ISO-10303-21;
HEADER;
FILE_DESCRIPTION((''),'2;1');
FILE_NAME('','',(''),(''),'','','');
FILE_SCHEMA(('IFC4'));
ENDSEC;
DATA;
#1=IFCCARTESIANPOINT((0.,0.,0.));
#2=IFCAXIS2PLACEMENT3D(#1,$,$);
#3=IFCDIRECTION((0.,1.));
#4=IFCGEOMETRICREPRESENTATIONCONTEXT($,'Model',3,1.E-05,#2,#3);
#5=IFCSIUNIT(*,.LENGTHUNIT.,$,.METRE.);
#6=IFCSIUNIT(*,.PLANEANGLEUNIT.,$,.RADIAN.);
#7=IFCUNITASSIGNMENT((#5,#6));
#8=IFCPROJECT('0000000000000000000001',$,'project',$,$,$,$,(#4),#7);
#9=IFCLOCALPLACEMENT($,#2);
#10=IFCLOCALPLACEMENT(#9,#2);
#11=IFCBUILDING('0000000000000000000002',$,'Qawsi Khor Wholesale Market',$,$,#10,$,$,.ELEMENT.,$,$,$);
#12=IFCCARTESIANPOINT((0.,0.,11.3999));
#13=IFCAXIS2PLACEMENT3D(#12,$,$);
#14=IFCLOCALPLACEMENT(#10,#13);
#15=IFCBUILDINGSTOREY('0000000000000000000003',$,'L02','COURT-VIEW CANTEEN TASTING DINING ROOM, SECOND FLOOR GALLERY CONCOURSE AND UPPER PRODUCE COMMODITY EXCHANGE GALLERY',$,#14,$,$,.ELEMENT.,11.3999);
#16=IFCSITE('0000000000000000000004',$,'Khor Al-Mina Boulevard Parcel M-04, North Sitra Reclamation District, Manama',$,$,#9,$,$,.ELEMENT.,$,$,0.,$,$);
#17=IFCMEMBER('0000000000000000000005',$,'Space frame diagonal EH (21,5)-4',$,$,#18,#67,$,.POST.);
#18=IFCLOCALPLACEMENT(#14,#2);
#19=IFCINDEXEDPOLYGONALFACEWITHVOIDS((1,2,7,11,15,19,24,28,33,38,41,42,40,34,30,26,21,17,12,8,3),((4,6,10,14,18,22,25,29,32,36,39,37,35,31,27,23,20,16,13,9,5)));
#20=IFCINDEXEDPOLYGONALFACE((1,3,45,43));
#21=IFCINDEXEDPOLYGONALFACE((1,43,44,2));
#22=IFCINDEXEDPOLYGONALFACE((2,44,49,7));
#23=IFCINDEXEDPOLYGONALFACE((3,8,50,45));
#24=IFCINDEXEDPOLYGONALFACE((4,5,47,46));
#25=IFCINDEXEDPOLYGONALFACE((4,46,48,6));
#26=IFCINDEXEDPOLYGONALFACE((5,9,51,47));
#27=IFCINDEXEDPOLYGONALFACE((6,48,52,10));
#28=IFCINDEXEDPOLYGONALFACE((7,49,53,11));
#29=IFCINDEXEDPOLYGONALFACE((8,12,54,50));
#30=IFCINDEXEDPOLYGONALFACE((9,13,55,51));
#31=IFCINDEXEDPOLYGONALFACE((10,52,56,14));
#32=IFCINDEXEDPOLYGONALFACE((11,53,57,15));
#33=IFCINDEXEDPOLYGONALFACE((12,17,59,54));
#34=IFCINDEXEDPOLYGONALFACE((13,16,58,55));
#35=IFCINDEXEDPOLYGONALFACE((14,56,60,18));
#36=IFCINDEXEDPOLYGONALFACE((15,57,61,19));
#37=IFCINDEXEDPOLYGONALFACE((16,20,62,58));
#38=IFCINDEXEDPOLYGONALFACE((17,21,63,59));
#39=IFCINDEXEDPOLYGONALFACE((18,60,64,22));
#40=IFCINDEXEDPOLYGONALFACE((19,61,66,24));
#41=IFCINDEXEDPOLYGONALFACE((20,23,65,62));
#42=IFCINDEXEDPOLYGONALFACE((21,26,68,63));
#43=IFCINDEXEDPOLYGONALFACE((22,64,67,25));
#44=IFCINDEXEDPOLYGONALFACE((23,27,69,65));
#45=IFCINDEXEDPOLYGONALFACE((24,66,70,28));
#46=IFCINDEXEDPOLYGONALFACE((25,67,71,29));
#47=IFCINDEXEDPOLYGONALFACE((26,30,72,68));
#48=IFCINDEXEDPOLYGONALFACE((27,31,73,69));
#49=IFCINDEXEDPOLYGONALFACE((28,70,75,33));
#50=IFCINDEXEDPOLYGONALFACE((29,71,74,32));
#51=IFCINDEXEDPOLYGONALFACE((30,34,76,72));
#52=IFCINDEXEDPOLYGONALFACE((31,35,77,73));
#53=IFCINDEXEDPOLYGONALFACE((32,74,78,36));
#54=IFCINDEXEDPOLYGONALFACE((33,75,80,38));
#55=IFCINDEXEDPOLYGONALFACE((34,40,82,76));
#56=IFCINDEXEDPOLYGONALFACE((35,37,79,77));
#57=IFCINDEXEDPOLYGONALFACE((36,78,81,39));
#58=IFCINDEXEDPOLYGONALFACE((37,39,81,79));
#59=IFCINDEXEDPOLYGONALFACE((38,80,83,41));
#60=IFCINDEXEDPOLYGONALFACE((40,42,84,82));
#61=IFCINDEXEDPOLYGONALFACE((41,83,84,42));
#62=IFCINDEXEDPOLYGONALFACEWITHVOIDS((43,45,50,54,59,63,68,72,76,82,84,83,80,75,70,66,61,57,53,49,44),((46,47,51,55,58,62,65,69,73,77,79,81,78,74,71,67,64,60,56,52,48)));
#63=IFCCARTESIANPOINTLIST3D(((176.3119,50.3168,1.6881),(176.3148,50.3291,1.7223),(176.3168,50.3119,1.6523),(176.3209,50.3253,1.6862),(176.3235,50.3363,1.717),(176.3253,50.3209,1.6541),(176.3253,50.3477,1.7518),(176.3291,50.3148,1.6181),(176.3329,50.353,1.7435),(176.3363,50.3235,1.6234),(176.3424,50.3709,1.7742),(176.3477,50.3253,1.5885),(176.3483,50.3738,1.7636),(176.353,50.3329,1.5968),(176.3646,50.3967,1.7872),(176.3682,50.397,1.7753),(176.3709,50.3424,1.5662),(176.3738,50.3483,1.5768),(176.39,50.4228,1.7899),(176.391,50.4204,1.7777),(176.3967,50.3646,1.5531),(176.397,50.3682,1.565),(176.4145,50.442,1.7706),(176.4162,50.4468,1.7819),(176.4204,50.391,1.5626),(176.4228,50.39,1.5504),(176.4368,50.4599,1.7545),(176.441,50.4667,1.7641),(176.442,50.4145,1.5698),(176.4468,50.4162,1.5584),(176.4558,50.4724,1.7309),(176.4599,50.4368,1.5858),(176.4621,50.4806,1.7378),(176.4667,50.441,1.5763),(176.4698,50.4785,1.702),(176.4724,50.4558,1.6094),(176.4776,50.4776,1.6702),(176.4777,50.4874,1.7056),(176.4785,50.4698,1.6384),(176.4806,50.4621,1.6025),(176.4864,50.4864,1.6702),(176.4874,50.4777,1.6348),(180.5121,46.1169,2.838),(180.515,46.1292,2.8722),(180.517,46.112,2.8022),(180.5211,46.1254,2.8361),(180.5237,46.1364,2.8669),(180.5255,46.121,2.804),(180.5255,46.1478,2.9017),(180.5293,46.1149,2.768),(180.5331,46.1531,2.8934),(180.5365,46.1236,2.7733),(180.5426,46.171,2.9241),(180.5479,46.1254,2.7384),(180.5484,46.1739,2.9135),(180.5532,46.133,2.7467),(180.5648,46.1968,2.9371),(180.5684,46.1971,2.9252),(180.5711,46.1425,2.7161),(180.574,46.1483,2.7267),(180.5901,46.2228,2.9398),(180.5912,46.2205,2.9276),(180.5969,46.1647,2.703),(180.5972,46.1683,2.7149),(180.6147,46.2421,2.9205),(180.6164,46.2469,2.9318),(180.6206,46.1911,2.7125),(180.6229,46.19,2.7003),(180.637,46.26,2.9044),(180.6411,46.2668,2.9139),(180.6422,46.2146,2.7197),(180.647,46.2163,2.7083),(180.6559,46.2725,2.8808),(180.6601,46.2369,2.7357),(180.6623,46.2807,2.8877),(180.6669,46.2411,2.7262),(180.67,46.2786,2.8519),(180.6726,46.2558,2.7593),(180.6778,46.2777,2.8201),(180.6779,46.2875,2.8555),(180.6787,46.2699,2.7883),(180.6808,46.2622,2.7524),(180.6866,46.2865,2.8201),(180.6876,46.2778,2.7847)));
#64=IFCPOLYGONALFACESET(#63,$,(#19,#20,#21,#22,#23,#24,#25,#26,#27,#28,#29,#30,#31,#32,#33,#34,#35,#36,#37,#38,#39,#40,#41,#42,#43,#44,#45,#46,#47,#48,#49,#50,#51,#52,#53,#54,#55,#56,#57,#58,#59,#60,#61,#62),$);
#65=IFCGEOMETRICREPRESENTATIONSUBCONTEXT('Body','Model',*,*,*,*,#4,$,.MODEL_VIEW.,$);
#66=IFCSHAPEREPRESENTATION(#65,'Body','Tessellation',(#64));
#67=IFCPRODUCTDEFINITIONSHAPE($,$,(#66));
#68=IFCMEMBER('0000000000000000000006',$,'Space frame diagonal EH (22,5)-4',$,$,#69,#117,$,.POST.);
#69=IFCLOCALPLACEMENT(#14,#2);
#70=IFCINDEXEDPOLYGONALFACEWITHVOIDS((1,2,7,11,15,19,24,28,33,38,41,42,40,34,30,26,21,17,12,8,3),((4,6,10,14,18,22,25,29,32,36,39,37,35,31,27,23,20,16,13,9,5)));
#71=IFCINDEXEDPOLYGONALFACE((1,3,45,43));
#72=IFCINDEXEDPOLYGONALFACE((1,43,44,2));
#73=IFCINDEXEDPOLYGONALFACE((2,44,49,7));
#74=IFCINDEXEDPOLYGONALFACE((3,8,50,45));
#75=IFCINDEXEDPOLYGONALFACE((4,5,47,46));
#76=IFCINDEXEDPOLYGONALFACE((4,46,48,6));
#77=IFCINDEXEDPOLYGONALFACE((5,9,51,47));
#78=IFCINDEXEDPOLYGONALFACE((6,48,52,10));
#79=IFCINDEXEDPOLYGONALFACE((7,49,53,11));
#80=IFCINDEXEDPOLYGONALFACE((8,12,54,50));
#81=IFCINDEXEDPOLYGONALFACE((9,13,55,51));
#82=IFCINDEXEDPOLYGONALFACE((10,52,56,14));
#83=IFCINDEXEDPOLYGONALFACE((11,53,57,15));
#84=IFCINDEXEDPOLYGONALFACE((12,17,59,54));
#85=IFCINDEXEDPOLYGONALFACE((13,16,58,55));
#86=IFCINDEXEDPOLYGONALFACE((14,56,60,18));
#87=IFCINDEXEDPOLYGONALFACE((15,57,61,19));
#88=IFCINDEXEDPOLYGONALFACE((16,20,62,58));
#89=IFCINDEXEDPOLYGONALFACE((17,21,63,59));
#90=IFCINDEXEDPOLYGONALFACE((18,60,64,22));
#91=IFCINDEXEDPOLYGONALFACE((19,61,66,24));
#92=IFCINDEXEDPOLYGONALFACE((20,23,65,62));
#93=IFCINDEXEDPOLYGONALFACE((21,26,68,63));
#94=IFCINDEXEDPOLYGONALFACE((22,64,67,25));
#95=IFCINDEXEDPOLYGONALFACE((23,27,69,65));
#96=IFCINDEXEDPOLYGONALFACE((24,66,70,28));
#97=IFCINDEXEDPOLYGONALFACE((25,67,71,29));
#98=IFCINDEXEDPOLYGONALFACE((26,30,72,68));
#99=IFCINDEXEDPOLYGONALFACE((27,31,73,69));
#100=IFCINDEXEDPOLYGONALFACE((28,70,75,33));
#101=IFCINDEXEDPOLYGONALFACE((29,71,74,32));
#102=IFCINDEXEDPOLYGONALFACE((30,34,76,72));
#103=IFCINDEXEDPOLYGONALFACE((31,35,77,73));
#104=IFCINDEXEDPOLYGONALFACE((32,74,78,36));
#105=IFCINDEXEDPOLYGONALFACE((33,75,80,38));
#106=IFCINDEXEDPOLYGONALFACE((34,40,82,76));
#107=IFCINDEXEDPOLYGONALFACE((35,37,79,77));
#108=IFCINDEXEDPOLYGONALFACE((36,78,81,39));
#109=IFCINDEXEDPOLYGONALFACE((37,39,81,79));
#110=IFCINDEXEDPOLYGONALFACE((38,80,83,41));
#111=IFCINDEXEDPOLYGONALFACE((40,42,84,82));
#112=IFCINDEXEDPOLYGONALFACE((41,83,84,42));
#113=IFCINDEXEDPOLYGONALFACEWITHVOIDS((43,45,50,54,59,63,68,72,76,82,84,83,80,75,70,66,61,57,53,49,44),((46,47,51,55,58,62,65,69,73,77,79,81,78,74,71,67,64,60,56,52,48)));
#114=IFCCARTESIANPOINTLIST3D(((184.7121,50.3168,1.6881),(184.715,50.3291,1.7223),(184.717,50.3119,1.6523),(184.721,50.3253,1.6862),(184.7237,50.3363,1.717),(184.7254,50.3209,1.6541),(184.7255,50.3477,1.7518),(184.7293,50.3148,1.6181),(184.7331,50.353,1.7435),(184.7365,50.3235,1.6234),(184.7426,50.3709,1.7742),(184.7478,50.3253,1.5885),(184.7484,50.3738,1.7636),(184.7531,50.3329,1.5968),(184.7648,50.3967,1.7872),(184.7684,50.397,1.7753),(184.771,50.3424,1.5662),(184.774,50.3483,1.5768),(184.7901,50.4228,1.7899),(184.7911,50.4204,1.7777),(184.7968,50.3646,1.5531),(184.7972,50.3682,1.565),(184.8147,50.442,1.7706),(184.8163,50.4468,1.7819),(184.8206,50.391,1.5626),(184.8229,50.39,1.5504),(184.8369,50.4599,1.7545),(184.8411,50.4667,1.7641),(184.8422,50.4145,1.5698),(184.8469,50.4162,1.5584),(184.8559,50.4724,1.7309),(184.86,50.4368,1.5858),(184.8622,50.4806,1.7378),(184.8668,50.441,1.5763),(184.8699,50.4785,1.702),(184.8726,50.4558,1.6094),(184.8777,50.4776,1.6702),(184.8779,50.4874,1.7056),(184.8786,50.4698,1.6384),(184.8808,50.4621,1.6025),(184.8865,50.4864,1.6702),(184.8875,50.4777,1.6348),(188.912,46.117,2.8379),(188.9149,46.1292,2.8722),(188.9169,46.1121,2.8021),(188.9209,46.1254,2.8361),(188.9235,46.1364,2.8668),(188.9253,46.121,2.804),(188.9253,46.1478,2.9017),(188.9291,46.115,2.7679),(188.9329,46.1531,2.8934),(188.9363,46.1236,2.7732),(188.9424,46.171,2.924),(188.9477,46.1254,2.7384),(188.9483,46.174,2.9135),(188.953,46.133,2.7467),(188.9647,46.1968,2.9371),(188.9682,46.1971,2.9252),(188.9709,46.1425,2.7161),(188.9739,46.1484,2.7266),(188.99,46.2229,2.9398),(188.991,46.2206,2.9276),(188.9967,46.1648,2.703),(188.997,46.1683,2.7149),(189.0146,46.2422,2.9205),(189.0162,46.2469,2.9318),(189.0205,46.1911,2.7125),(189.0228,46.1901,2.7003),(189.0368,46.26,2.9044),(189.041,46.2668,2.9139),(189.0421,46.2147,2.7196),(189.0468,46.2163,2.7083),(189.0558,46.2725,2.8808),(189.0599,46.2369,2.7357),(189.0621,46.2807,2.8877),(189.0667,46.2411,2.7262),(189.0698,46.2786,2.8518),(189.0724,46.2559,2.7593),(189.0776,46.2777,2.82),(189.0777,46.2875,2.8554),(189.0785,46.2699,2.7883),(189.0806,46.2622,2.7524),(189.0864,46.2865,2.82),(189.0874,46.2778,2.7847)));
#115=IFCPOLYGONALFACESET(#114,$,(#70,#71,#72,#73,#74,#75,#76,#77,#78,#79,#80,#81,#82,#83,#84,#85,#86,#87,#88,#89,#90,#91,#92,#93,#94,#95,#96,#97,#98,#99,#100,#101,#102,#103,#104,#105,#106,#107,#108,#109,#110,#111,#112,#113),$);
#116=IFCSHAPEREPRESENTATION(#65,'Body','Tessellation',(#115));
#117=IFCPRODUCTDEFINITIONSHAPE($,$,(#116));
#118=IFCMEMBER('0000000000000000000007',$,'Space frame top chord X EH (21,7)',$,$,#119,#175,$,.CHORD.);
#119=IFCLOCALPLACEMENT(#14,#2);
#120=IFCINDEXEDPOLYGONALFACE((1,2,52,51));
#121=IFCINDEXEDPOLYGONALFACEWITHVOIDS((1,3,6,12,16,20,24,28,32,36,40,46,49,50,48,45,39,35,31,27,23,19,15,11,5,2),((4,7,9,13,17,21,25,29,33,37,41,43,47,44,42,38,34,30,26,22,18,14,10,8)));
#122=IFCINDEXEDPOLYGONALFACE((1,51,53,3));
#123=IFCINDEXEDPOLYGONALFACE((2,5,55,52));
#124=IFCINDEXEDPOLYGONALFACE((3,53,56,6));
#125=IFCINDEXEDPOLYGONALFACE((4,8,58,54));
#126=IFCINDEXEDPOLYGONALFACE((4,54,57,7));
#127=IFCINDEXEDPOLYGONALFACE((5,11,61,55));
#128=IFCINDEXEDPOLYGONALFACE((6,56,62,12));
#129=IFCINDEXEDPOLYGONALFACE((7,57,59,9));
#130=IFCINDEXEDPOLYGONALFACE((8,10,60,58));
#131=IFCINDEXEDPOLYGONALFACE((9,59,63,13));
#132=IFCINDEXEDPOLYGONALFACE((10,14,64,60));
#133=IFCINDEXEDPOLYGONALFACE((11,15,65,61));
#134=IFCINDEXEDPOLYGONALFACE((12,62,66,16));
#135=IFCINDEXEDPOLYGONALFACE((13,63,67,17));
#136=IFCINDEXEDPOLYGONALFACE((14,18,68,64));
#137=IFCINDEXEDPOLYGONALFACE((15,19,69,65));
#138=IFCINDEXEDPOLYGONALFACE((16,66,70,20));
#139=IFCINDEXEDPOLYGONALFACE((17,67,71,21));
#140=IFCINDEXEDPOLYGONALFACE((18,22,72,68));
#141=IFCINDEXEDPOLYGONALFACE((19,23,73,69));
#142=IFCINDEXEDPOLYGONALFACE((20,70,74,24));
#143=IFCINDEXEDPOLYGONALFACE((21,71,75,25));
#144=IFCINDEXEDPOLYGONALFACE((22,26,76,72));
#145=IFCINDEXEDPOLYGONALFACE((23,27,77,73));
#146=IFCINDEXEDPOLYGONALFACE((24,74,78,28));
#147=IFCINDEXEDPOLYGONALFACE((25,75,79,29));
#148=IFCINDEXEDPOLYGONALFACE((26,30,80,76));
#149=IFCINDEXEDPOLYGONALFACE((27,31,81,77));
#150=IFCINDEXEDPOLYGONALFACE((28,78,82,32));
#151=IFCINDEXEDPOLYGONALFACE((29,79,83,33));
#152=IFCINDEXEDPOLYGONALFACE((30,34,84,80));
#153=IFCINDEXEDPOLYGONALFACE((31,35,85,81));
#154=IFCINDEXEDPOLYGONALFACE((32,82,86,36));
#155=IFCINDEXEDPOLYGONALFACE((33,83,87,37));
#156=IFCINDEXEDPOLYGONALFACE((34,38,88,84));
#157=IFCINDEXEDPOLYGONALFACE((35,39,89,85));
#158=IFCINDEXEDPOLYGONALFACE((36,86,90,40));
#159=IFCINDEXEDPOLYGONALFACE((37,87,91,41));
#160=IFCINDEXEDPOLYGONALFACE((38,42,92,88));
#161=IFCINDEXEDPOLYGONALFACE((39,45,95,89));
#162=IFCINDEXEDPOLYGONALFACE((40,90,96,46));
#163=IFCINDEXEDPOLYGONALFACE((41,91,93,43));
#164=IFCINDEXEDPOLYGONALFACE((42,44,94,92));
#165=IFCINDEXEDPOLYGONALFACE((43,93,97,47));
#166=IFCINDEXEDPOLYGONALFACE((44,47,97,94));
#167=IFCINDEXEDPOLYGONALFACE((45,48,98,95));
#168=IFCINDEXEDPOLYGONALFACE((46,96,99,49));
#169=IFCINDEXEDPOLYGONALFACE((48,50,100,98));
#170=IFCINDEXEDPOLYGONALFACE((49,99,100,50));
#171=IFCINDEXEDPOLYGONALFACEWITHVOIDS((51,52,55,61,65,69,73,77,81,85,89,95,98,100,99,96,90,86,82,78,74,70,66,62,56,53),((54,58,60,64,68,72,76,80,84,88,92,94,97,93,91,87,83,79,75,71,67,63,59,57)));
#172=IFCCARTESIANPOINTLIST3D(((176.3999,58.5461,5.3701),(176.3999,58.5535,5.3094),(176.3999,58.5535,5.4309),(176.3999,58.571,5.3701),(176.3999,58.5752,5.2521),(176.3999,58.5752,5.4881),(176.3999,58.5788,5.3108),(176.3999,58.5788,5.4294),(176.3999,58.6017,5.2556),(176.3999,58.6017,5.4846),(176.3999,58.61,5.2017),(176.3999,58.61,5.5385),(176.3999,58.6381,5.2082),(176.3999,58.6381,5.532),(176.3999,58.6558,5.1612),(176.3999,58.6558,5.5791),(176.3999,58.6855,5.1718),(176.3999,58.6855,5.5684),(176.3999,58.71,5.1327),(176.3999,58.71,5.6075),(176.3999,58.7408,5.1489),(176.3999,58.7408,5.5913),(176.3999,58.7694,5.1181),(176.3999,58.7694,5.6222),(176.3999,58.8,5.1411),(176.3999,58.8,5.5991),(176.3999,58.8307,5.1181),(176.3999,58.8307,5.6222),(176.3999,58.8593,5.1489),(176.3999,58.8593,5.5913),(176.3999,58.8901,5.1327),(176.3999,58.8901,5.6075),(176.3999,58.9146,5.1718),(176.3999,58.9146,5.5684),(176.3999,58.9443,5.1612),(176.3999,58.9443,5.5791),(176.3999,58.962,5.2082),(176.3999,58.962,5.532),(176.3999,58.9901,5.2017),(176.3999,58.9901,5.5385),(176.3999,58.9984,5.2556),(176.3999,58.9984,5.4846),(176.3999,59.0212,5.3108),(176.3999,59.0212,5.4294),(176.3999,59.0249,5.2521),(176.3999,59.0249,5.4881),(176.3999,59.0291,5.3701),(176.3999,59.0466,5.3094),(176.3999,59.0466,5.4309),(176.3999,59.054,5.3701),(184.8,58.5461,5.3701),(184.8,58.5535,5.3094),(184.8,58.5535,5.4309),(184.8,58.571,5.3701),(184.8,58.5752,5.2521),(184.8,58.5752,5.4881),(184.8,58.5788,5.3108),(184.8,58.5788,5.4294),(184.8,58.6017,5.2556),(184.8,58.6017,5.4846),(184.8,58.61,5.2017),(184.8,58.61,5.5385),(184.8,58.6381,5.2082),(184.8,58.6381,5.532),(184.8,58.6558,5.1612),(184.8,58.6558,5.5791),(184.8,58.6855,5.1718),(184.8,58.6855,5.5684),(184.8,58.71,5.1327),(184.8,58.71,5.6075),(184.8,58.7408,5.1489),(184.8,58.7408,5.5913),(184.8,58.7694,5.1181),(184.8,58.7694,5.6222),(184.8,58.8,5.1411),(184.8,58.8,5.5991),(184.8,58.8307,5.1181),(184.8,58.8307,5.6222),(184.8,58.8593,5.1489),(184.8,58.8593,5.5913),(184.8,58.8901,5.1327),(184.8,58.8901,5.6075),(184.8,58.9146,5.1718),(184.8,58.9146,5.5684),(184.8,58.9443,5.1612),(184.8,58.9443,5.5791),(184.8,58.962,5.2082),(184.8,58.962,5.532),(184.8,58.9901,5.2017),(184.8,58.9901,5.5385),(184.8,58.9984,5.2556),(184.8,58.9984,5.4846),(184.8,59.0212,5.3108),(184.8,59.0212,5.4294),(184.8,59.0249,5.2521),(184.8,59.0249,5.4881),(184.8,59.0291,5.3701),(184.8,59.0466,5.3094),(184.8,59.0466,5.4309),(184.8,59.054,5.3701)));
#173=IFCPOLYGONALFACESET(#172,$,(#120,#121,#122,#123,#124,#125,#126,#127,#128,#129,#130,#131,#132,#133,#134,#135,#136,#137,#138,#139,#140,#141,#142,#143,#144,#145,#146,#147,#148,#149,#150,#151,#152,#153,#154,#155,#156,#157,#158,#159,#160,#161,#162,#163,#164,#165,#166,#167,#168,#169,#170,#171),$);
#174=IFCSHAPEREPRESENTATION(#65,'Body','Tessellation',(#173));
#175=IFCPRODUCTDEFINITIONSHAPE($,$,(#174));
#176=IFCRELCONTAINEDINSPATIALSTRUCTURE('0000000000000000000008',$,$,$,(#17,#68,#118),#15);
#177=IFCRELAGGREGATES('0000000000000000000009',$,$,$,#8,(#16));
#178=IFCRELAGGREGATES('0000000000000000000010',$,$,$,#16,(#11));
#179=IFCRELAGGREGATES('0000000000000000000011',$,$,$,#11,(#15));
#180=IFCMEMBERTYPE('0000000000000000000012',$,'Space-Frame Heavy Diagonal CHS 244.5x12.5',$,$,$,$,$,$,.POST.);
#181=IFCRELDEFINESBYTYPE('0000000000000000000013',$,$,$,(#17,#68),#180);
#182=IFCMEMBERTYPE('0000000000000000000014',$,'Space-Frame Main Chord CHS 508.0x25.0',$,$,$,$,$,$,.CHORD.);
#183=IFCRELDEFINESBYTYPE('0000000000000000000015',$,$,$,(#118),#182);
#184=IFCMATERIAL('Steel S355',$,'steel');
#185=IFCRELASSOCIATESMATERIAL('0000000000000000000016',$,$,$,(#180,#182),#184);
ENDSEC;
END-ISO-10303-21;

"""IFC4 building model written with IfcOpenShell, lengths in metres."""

from ifc_helpers import new_model, si_unit, direction, frame, origin, origin_2d, place, context, subcontext, project, spatial, hollow_circle, extrude, material, material_profile, profile_set, type_object, element, save


model = new_model("IFC4")

# Units and contexts
model_context = context("Model", 3, precision=1e-05, world=origin(), true_north=direction((0.0, 1.0)))
body_context = subcontext(model_context, "Body", "Model", "MODEL_VIEW")
ifc_project = project(units=[si_unit("LENGTHUNIT", "METRE"), si_unit("PLANEANGLEUNIT", "RADIAN")], contexts=[model_context])

# Site, building, storey
site_placement = place(None, origin())
site = spatial("IfcSite", under=ifc_project, at=site_placement, Name="Khor Al-Mina Boulevard Parcel M-04, North Sitra Reclamation District, Manama", CompositionType="ELEMENT", RefElevation=0.0)
building_placement = place(site_placement, origin())
building = spatial("IfcBuilding", under=site, at=building_placement, Name="Qawsi Khor Wholesale Market", CompositionType="ELEMENT")
storey_placement = place(building_placement, frame((0.0, 0.0, 11.3999)))
storey = spatial("IfcBuildingStorey", under=building, at=storey_placement, Name="L02", Description="COURT-VIEW CANTEEN TASTING DINING ROOM, SECOND FLOOR GALLERY CONCOURSE AND UPPER PRODUCE COMMODITY EXCHANGE GALLERY", CompositionType="ELEMENT", Elevation=11.3999)

# Members
ifc_material_1 = material(Name="Steel S355", Category="steel")
ifc_material_profile_1 = material_profile(ifc_material_1, hollow_circle(Radius=0.1223, WallThickness=0.0125, at=origin_2d()), Name="CHS 244.5x12.5")
ifc_profile_set_1 = profile_set([ifc_material_profile_1], Name="Steel S355")
member_type_1 = type_object("IfcMemberType", Name="Space-Frame Heavy Diagonal CHS 244.5x12.5", PredefinedType="POST", material=ifc_profile_set_1)
member_1_placement = place(storey_placement, frame((176.3999, 50.3999, 1.6702), z_axis=(0.694238, -0.694197, 0.190064), x_axis=(0.707086, 0.707127, 0.0)))
element("IfcMember", 1, at=member_1_placement, inside=storey, type_object=member_type_1, Name="Space frame diagonal EH (21,5)-4", PredefinedType="POST", context=body_context, shape_type="SweptSolid", body=[
    extrude(hollow_circle(Radius=0.1223, WallThickness=0.0125, at=origin_2d()), origin(), (0.0, 0.0, 1.0), 6.05),
])
member_2_placement = place(storey_placement, frame((184.8, 50.3999, 1.6702), z_axis=(0.694217, -0.694217, 0.190069), x_axis=(0.707107, 0.707107, 0.0)))
element("IfcMember", 2, at=member_2_placement, inside=storey, type_object=member_type_1, Name="Space frame diagonal EH (22,5)-4", PredefinedType="POST", context=body_context, shape_type="SweptSolid", body=[
    extrude(hollow_circle(Radius=0.1223, WallThickness=0.0125, at=origin_2d()), origin(), (0.0, 0.0, 1.0), 6.0498),
])
ifc_material_profile_2 = material_profile(ifc_material_1, hollow_circle(Radius=0.2539, WallThickness=0.0249, at=origin_2d()), Name="CHS 508.0x25.0")
ifc_profile_set_2 = profile_set([ifc_material_profile_2], Name="Steel S355")
member_type_2 = type_object("IfcMemberType", Name="Space-Frame Main Chord CHS 508.0x25.0", PredefinedType="CHORD", material=ifc_profile_set_2)
member_3_placement = place(storey_placement, frame((176.3999, 58.8, 5.3701), z_axis=(1.0, 0.0, 0.0), x_axis=(0.0, 1.0, 0.0)))
element("IfcMember", 3, at=member_3_placement, inside=storey, type_object=member_type_2, Name="Space frame top chord X EH (21,7)", PredefinedType="CHORD", context=body_context, shape_type="SweptSolid", body=[
    extrude(hollow_circle(Radius=0.2539, WallThickness=0.0249, at=origin_2d()), origin(), (0.0, 0.0, 1.0), 8.4001),
])

save(model, "model.ifc")
